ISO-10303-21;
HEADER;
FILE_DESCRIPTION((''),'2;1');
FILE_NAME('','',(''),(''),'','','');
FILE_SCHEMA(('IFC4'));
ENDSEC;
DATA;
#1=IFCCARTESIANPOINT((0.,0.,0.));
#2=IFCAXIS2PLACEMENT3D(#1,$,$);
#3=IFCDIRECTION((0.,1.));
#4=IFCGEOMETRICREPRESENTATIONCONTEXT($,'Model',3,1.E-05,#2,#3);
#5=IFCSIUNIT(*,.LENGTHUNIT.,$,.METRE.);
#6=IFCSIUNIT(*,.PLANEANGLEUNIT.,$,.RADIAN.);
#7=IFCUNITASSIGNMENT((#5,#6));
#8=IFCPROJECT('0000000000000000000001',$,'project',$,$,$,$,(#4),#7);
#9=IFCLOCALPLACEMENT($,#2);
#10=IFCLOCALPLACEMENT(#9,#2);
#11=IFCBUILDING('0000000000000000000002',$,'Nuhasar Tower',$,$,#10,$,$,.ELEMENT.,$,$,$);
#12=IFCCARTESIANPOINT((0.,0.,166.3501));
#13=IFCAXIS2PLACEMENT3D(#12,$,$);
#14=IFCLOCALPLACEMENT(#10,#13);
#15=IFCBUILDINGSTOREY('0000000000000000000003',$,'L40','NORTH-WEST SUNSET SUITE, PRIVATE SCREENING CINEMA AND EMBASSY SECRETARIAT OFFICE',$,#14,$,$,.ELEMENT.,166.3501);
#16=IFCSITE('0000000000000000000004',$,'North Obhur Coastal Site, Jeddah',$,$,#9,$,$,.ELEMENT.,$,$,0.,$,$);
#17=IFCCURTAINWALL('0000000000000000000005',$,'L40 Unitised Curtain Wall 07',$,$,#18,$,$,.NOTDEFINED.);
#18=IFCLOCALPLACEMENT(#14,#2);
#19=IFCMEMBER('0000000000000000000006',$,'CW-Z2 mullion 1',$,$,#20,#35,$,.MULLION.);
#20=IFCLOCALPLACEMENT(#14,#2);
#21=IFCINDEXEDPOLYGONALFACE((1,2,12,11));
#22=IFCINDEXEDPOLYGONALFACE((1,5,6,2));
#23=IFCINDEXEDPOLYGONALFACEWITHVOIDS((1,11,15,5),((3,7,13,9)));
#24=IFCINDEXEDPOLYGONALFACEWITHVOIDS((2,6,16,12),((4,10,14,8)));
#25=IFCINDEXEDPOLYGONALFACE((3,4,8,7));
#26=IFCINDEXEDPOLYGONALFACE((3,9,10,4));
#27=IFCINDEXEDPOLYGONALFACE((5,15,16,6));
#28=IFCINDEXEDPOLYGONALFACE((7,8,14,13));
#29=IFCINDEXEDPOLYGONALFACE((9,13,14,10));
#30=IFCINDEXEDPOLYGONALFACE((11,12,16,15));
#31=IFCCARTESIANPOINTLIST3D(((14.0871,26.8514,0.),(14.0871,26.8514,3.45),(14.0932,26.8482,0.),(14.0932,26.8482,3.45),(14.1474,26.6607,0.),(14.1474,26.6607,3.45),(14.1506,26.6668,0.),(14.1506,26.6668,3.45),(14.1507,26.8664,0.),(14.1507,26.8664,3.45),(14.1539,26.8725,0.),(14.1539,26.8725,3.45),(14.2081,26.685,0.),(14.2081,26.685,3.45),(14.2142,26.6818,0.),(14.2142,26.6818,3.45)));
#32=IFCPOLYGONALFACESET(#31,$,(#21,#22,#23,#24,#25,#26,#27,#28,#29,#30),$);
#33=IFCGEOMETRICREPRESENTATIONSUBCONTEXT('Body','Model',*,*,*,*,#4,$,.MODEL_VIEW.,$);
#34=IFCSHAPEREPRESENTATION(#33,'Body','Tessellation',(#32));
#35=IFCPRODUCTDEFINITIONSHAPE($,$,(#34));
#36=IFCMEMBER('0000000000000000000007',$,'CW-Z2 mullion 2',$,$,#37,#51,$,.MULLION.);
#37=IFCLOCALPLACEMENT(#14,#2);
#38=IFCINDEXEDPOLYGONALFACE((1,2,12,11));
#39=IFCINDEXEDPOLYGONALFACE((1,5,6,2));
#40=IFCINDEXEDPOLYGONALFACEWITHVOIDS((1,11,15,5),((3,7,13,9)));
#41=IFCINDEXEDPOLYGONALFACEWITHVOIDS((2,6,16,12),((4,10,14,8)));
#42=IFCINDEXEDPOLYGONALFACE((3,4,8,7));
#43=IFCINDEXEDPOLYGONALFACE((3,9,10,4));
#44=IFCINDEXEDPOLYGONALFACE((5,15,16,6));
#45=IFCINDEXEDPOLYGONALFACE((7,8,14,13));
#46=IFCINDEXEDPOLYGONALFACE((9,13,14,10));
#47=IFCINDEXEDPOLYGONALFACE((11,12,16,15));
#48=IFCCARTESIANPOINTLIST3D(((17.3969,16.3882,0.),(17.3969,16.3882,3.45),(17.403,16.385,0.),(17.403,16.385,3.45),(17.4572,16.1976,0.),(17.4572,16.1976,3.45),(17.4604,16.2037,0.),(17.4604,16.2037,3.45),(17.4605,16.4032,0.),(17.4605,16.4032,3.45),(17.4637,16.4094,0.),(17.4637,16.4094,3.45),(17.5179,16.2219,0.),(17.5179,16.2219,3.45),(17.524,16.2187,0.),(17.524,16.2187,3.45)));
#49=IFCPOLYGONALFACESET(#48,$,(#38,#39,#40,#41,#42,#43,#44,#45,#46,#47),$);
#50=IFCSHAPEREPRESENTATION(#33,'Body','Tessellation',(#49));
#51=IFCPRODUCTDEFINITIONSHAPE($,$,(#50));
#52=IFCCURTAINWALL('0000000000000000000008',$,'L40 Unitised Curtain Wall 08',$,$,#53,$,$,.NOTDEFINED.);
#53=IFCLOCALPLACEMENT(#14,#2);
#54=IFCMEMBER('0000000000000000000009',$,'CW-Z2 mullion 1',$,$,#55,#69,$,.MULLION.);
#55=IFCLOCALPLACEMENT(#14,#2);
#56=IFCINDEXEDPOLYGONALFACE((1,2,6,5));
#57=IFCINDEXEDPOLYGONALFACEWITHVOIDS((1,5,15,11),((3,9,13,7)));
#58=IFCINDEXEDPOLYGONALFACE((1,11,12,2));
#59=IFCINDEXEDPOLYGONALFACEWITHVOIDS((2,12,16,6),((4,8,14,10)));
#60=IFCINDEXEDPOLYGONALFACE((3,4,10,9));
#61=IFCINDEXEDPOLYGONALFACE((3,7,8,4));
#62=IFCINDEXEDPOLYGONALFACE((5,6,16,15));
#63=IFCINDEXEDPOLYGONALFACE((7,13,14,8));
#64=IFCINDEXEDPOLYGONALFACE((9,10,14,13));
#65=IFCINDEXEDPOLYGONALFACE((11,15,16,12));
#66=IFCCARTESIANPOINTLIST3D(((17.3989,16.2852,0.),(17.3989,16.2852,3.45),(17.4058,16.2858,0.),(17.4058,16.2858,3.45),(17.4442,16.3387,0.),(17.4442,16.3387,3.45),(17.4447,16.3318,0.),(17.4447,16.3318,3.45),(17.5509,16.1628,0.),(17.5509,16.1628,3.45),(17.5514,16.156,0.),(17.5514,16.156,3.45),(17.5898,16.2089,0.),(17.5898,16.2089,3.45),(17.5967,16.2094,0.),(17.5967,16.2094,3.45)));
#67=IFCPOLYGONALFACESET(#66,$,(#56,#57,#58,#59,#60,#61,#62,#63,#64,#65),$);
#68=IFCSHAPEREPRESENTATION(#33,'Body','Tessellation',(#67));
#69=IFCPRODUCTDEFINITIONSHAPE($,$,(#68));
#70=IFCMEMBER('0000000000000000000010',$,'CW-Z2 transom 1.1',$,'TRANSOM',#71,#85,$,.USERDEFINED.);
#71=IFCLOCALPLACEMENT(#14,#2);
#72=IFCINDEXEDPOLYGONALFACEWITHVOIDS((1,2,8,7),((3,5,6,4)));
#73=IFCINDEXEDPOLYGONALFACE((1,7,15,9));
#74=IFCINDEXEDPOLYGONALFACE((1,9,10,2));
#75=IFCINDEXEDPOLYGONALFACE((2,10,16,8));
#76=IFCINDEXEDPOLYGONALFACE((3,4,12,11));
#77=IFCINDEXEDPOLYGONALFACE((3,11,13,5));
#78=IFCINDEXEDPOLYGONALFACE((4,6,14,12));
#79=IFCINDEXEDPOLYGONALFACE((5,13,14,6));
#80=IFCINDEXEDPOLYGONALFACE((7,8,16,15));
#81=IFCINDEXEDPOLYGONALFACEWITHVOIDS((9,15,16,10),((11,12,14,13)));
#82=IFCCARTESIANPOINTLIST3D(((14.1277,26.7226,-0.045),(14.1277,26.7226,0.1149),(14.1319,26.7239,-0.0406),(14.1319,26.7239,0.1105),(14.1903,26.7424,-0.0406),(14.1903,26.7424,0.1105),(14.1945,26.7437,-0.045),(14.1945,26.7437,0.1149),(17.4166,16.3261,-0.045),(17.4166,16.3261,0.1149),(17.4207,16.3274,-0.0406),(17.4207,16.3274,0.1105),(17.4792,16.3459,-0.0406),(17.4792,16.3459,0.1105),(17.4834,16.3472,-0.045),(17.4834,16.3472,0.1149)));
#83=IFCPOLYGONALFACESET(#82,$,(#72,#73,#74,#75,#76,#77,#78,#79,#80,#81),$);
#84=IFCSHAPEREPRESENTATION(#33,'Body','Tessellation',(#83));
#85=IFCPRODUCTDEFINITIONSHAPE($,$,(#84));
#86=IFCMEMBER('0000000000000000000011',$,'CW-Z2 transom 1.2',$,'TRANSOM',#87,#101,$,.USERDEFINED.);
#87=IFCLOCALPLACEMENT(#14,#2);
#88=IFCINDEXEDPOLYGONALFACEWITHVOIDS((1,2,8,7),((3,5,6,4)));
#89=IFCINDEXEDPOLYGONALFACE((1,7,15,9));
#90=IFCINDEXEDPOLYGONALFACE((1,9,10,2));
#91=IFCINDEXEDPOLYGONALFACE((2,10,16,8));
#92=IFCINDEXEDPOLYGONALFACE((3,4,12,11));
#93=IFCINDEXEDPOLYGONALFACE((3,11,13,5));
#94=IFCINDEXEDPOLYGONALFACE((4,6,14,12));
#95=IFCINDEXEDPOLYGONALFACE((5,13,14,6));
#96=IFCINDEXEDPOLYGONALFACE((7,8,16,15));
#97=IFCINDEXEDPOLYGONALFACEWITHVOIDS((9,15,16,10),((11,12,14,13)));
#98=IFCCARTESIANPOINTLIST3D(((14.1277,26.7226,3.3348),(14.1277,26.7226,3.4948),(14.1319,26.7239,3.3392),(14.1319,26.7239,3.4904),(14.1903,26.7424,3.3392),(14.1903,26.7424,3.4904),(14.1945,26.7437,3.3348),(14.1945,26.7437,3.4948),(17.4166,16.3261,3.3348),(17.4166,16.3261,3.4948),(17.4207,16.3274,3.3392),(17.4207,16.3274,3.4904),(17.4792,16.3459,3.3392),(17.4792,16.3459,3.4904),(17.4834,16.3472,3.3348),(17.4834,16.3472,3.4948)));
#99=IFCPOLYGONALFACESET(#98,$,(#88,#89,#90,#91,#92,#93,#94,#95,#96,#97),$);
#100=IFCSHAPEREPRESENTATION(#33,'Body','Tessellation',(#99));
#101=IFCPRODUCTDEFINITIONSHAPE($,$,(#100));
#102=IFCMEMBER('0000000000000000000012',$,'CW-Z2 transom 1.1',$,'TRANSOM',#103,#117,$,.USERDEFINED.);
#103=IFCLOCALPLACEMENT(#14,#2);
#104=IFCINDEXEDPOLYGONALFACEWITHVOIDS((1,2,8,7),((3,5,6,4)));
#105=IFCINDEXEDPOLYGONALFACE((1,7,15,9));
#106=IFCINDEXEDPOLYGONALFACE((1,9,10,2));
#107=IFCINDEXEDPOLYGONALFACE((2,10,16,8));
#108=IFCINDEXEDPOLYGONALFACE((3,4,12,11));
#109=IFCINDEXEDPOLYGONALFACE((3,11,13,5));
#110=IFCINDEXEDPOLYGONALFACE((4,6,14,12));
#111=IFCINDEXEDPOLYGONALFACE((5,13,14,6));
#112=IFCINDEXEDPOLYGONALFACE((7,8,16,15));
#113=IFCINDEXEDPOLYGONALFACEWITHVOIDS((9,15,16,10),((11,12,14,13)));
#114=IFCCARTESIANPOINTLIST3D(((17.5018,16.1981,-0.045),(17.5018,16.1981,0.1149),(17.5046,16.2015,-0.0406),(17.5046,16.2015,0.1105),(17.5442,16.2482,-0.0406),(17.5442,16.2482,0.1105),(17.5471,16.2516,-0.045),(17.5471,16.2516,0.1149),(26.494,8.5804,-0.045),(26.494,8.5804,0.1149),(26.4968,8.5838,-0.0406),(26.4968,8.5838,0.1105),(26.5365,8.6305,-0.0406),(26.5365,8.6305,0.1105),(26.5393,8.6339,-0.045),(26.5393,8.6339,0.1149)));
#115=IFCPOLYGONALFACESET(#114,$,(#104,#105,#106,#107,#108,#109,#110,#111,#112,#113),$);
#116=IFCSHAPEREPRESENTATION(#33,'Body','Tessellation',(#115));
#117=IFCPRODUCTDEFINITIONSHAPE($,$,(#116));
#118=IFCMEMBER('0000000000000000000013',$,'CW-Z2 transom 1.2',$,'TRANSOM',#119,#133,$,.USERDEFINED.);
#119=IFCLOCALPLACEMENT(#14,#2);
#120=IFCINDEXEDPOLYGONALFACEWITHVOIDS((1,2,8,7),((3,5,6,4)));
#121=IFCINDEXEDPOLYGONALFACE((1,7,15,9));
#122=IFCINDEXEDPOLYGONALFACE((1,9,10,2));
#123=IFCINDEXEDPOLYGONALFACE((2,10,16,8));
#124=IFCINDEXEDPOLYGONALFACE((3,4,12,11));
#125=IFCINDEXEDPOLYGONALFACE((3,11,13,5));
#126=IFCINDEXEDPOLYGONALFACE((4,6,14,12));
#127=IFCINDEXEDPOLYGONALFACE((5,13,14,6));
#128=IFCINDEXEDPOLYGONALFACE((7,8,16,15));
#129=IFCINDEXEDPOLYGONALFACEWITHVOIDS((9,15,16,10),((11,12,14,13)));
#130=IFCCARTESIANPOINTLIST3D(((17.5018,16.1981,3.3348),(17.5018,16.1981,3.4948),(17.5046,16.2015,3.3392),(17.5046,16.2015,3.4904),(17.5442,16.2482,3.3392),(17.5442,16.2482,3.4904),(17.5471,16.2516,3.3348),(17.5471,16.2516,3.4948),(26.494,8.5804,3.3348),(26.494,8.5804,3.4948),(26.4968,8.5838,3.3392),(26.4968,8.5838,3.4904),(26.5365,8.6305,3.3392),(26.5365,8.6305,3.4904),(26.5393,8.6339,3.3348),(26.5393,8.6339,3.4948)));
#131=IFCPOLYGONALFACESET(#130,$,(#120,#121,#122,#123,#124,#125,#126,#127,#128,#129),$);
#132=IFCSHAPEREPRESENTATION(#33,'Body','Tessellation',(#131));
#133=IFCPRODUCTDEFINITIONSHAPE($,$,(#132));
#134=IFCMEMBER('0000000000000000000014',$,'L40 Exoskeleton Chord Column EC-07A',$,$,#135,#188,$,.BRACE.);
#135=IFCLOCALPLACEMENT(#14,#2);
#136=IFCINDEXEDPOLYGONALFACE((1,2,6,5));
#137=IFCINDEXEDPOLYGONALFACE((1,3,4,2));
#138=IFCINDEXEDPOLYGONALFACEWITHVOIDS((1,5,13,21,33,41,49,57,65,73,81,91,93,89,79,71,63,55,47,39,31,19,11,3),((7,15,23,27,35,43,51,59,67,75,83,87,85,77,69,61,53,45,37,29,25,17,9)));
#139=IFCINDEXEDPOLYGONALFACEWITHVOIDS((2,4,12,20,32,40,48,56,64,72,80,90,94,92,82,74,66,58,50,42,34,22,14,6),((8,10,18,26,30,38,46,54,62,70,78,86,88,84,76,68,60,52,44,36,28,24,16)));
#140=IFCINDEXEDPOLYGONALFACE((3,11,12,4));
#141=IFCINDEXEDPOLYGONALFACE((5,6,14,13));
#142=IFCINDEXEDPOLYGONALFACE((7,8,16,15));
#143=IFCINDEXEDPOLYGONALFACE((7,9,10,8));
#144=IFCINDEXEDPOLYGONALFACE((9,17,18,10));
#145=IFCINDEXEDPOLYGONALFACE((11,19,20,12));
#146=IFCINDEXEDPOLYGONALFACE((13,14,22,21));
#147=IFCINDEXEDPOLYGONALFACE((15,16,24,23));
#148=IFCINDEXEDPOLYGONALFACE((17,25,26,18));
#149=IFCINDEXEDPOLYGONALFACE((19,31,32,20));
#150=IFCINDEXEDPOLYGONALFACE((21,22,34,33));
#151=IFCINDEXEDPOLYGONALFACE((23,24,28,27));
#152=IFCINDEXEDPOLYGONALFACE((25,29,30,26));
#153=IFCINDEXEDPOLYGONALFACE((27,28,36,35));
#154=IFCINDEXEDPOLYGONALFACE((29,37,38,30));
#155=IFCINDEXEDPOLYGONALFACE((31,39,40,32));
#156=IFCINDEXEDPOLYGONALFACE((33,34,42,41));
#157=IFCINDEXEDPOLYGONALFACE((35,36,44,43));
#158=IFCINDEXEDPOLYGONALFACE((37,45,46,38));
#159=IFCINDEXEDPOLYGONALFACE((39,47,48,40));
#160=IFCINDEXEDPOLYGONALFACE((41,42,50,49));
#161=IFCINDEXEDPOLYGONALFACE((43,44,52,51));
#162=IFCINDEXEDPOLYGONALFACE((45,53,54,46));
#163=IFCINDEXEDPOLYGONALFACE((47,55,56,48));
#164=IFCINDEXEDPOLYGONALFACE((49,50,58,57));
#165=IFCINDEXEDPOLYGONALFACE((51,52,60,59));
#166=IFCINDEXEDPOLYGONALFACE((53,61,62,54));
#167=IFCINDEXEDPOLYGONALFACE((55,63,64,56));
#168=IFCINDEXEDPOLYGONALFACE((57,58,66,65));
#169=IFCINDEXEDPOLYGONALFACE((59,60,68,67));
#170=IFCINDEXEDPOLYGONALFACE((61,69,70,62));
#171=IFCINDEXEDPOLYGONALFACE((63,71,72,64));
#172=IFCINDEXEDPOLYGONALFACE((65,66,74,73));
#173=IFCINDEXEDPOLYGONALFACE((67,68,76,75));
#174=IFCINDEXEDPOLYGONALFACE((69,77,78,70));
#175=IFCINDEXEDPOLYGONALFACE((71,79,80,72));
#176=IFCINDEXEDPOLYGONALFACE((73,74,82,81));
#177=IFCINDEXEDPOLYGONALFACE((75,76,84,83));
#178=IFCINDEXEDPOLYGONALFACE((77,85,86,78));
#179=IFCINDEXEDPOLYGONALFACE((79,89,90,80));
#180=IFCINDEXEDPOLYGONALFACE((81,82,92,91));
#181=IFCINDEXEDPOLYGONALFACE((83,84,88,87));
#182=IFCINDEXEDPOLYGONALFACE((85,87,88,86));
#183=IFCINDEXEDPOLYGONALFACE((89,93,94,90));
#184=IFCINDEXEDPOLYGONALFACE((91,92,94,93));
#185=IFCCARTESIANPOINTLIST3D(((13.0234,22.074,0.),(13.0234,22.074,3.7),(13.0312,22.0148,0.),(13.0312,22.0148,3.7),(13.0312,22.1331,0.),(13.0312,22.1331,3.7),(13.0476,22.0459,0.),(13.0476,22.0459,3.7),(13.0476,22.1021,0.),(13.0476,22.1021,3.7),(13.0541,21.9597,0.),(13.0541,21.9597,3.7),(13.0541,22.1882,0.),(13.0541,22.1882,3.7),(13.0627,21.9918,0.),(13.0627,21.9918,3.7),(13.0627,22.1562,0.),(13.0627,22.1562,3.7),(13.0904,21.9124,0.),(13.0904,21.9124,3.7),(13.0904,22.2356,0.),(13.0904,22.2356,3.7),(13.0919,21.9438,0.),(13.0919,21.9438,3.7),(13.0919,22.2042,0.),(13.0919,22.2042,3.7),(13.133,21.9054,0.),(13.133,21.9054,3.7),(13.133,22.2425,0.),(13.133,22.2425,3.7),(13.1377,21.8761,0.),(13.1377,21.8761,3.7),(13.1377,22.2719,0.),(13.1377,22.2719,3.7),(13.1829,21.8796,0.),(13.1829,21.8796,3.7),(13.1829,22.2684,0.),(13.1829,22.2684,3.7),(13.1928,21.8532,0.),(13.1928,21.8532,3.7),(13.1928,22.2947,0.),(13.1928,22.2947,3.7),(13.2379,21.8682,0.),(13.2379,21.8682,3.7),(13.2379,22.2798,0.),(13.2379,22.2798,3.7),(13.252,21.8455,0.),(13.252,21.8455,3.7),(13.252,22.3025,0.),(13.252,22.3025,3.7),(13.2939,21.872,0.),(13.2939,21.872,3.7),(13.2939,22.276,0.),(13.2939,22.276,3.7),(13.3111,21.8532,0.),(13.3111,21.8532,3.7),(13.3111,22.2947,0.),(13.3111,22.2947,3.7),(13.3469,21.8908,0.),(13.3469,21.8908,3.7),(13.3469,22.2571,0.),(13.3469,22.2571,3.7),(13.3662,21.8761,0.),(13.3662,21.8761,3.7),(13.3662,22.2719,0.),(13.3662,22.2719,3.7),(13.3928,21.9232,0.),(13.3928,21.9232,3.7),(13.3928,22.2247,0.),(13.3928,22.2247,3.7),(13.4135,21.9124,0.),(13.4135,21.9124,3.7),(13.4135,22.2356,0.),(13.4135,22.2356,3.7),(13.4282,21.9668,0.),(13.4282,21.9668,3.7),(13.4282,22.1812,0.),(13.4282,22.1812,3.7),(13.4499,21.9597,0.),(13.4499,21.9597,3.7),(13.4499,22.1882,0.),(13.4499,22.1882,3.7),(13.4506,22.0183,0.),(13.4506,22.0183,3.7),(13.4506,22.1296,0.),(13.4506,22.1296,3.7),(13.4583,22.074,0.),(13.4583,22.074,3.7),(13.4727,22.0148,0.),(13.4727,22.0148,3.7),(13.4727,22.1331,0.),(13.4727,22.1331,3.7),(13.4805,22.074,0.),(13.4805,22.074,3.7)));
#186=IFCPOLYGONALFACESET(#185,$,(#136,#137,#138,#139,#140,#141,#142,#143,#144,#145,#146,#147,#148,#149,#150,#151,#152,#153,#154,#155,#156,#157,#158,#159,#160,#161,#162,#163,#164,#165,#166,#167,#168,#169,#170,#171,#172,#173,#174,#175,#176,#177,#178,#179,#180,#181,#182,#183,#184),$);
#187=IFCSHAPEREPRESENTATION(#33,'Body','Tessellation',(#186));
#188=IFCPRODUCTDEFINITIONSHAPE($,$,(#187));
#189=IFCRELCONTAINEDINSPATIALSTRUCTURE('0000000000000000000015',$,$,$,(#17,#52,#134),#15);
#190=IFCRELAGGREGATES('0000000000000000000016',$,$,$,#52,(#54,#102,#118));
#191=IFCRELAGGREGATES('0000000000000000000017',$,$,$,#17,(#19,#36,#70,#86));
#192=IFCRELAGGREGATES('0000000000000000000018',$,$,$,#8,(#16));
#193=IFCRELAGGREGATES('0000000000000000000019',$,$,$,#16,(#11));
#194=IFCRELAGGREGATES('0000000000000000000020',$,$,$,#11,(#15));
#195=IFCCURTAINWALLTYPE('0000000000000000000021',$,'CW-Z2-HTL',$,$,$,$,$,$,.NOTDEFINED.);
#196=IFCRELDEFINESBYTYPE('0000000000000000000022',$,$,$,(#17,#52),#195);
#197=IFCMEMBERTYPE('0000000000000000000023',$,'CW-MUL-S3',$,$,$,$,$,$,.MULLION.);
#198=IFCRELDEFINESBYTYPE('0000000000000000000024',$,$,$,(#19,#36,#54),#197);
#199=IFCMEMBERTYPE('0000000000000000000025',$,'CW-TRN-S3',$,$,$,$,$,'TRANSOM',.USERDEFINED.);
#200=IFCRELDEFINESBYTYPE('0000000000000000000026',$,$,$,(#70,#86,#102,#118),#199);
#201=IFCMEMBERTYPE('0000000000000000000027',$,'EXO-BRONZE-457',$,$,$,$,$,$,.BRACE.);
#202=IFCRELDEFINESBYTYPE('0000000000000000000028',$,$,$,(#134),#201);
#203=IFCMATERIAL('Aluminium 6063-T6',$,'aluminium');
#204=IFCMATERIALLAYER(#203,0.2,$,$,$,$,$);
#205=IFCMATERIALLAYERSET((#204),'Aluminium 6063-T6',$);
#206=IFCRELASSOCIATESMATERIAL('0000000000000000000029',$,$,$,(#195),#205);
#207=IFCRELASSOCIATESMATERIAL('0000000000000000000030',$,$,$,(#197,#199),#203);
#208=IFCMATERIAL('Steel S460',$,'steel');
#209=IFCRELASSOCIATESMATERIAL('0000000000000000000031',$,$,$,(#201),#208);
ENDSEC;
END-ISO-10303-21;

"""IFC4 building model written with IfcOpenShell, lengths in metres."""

from ifc_helpers import new_model, si_unit, direction, frame, origin, origin_2d, place, context, subcontext, project, spatial, hollow_rectangle, hollow_circle, extrude, material, layer, layer_set, material_profile, profile_set, type_object, element, aggregate, save


model = new_model("IFC4")

# Units and contexts
model_context = context("Model", 3, precision=1e-05, world=origin(), true_north=direction((0.0, 1.0)))
body_context = subcontext(model_context, "Body", "Model", "MODEL_VIEW")
ifc_project = project(units=[si_unit("LENGTHUNIT", "METRE"), si_unit("PLANEANGLEUNIT", "RADIAN")], contexts=[model_context])

# Site, building, storey
site_placement = place(None, origin())
site = spatial("IfcSite", under=ifc_project, at=site_placement, Name="North Obhur Coastal Site, Jeddah", CompositionType="ELEMENT", RefElevation=0.0)
building_placement = place(site_placement, origin())
building = spatial("IfcBuilding", under=site, at=building_placement, Name="Nuhasar Tower", CompositionType="ELEMENT")
storey_placement = place(building_placement, frame((0.0, 0.0, 166.3501)))
storey = spatial("IfcBuildingStorey", under=building, at=storey_placement, Name="L40", Description="NORTH-WEST SUNSET SUITE, PRIVATE SCREENING CINEMA AND EMBASSY SECRETARIAT OFFICE", CompositionType="ELEMENT", Elevation=166.3501)

# Curtain wall, members
ifc_material_1 = material(Name="Aluminium 6063-T6", Category="aluminium")
ifc_layer_1 = layer(ifc_material_1, 0.2)
ifc_layer_set_1 = layer_set([ifc_layer_1], Name="Aluminium 6063-T6")
curtain_wall_type = type_object("IfcCurtainWallType", Name="CW-Z2-HTL", PredefinedType="NOTDEFINED", material=ifc_layer_set_1)
curtain_wall_1_placement = place(storey_placement, origin())
curtain_wall_1 = element("IfcCurtainWall", 1, at=curtain_wall_1_placement, inside=storey, type_object=curtain_wall_type, Name="L40 Unitised Curtain Wall 07", PredefinedType="NOTDEFINED")
ifc_material_profile_1 = material_profile(ifc_material_1, hollow_rectangle(XDim=0.0701, YDim=0.2, WallThickness=0.0049, at=origin_2d()), Name="CWM-3")
ifc_profile_set_1 = profile_set([ifc_material_profile_1], Name="Aluminium 6063-T6")
member_type_1 = type_object("IfcMemberType", Name="CW-MUL-S3", PredefinedType="MULLION", material=ifc_profile_set_1)
member_1_placement = place(storey_placement, frame((14.1506, 26.7666, 0.0), z_axis=(0.0, 0.0, 1.0), x_axis=(0.953433, 0.301604, 0.0)))
member_1 = element("IfcMember", 2, at=member_1_placement, type_object=member_type_1, Name="CW-Z2 mullion 1", PredefinedType="MULLION", context=body_context, shape_type="SweptSolid", body=[
    extrude(hollow_rectangle(XDim=0.0701, YDim=0.2, WallThickness=0.0049, at=origin_2d()), origin(), (0.0, 0.0, 1.0), 3.45),
])
member_2_placement = place(storey_placement, frame((17.4604, 16.3035, 0.0), z_axis=(0.0, 0.0, 1.0), x_axis=(0.953433, 0.301604, 0.0)))
member_2 = element("IfcMember", 3, at=member_2_placement, type_object=member_type_1, Name="CW-Z2 mullion 2", PredefinedType="MULLION", context=body_context, shape_type="SweptSolid", body=[
    extrude(hollow_rectangle(XDim=0.0701, YDim=0.2, WallThickness=0.0049, at=origin_2d()), origin(), (0.0, 0.0, 1.0), 3.45),
])

# Curtain wall, member
curtain_wall_2_placement = place(storey_placement, origin())
curtain_wall_2 = element("IfcCurtainWall", 4, at=curtain_wall_2_placement, inside=storey, type_object=curtain_wall_type, Name="L40 Unitised Curtain Wall 08", PredefinedType="NOTDEFINED")
member_3_placement = place(storey_placement, frame((17.4978, 16.2473, 0.0), z_axis=(0.0, 0.0, 1.0), x_axis=(0.646374, 0.76302, 0.0)))
member_3 = element("IfcMember", 5, at=member_3_placement, type_object=member_type_1, Name="CW-Z2 mullion 1", PredefinedType="MULLION", context=body_context, shape_type="SweptSolid", body=[
    extrude(hollow_rectangle(XDim=0.0701, YDim=0.2, WallThickness=0.0049, at=origin_2d()), origin(), (0.0, 0.0, 1.0), 3.45),
])

# Members
ifc_material_profile_2 = material_profile(ifc_material_1, hollow_rectangle(XDim=0.0701, YDim=0.1599, WallThickness=0.0044, at=origin_2d()), Name="CWT-3")
ifc_profile_set_2 = profile_set([ifc_material_profile_2], Name="Aluminium 6063-T6")
member_type_2 = type_object("IfcMemberType", Name="CW-TRN-S3", ElementType="TRANSOM", PredefinedType="USERDEFINED", material=ifc_profile_set_2)
member_4_placement = place(storey_placement, frame((14.1611, 26.7332, 0.0349), z_axis=(0.301608, -0.953432, 0.0), x_axis=(0.953432, 0.301608, 0.0)))
member_4 = element("IfcMember", 6, at=member_4_placement, type_object=member_type_2, Name="CW-Z2 transom 1.1", ObjectType="TRANSOM", PredefinedType="USERDEFINED", context=body_context, shape_type="SweptSolid", body=[
    extrude(hollow_rectangle(XDim=0.0701, YDim=0.1599, WallThickness=0.0044, at=origin_2d()), origin(), (0.0, 0.0, 1.0), 10.9043),
])
member_5_placement = place(storey_placement, frame((14.1611, 26.7332, 3.4148), z_axis=(0.301608, -0.953432, 0.0), x_axis=(0.953432, 0.301608, 0.0)))
member_5 = element("IfcMember", 7, at=member_5_placement, type_object=member_type_2, Name="CW-Z2 transom 1.2", ObjectType="TRANSOM", PredefinedType="USERDEFINED", context=body_context, shape_type="SweptSolid", body=[
    extrude(hollow_rectangle(XDim=0.0701, YDim=0.1599, WallThickness=0.0044, at=origin_2d()), origin(), (0.0, 0.0, 1.0), 10.9043),
])
member_6_placement = place(storey_placement, frame((17.5244, 16.2249, 0.0349), z_axis=(0.763014, -0.646382, 0.0), x_axis=(0.646382, 0.763014, 0.0)))
member_6 = element("IfcMember", 8, at=member_6_placement, type_object=member_type_2, Name="CW-Z2 transom 1.1", ObjectType="TRANSOM", PredefinedType="USERDEFINED", context=body_context, shape_type="SweptSolid", body=[
    extrude(hollow_rectangle(XDim=0.0701, YDim=0.1599, WallThickness=0.0044, at=origin_2d()), origin(), (0.0, 0.0, 1.0), 11.7852),
])
member_7_placement = place(storey_placement, frame((17.5244, 16.2249, 3.4148), z_axis=(0.763014, -0.646382, 0.0), x_axis=(0.646382, 0.763014, 0.0)))
member_7 = element("IfcMember", 9, at=member_7_placement, type_object=member_type_2, Name="CW-Z2 transom 1.2", ObjectType="TRANSOM", PredefinedType="USERDEFINED", context=body_context, shape_type="SweptSolid", body=[
    extrude(hollow_rectangle(XDim=0.0701, YDim=0.1599, WallThickness=0.0044, at=origin_2d()), origin(), (0.0, 0.0, 1.0), 11.7852),
])
aggregate(curtain_wall_2, [member_3, member_6, member_7])

# Member
ifc_material_2 = material(Name="Steel S460", Category="steel")
ifc_material_profile_3 = material_profile(ifc_material_2, hollow_circle(Radius=0.2285, WallThickness=0.0222, at=origin_2d()), Name="HSS457X22.2")
ifc_profile_set_3 = profile_set([ifc_material_profile_3], Name="Steel S460")
member_type_3 = type_object("IfcMemberType", Name="EXO-BRONZE-457", PredefinedType="BRACE", material=ifc_profile_set_3)
for number, where, z_axis, x_axis, name in (
    (10, (13.252, 22.074, 0.0), (0.0, 0.0, 1.0), (1.0, 0.0, 0.0), "L40 Exoskeleton Chord Column EC-07A"),
):
    element("IfcMember", number, at=place(storey_placement, frame(where, z_axis=z_axis, x_axis=x_axis)), inside=storey, type_object=member_type_3, Name=name, PredefinedType="BRACE", context=body_context, shape_type="SweptSolid", body=[
        extrude(hollow_circle(Radius=0.2285, WallThickness=0.0222, at=origin_2d()), origin(), (0.0, 0.0, 1.0), 3.7),
    ])

aggregate(curtain_wall_1, [member_1, member_2, member_4, member_5])

save(model, "model.ifc")
